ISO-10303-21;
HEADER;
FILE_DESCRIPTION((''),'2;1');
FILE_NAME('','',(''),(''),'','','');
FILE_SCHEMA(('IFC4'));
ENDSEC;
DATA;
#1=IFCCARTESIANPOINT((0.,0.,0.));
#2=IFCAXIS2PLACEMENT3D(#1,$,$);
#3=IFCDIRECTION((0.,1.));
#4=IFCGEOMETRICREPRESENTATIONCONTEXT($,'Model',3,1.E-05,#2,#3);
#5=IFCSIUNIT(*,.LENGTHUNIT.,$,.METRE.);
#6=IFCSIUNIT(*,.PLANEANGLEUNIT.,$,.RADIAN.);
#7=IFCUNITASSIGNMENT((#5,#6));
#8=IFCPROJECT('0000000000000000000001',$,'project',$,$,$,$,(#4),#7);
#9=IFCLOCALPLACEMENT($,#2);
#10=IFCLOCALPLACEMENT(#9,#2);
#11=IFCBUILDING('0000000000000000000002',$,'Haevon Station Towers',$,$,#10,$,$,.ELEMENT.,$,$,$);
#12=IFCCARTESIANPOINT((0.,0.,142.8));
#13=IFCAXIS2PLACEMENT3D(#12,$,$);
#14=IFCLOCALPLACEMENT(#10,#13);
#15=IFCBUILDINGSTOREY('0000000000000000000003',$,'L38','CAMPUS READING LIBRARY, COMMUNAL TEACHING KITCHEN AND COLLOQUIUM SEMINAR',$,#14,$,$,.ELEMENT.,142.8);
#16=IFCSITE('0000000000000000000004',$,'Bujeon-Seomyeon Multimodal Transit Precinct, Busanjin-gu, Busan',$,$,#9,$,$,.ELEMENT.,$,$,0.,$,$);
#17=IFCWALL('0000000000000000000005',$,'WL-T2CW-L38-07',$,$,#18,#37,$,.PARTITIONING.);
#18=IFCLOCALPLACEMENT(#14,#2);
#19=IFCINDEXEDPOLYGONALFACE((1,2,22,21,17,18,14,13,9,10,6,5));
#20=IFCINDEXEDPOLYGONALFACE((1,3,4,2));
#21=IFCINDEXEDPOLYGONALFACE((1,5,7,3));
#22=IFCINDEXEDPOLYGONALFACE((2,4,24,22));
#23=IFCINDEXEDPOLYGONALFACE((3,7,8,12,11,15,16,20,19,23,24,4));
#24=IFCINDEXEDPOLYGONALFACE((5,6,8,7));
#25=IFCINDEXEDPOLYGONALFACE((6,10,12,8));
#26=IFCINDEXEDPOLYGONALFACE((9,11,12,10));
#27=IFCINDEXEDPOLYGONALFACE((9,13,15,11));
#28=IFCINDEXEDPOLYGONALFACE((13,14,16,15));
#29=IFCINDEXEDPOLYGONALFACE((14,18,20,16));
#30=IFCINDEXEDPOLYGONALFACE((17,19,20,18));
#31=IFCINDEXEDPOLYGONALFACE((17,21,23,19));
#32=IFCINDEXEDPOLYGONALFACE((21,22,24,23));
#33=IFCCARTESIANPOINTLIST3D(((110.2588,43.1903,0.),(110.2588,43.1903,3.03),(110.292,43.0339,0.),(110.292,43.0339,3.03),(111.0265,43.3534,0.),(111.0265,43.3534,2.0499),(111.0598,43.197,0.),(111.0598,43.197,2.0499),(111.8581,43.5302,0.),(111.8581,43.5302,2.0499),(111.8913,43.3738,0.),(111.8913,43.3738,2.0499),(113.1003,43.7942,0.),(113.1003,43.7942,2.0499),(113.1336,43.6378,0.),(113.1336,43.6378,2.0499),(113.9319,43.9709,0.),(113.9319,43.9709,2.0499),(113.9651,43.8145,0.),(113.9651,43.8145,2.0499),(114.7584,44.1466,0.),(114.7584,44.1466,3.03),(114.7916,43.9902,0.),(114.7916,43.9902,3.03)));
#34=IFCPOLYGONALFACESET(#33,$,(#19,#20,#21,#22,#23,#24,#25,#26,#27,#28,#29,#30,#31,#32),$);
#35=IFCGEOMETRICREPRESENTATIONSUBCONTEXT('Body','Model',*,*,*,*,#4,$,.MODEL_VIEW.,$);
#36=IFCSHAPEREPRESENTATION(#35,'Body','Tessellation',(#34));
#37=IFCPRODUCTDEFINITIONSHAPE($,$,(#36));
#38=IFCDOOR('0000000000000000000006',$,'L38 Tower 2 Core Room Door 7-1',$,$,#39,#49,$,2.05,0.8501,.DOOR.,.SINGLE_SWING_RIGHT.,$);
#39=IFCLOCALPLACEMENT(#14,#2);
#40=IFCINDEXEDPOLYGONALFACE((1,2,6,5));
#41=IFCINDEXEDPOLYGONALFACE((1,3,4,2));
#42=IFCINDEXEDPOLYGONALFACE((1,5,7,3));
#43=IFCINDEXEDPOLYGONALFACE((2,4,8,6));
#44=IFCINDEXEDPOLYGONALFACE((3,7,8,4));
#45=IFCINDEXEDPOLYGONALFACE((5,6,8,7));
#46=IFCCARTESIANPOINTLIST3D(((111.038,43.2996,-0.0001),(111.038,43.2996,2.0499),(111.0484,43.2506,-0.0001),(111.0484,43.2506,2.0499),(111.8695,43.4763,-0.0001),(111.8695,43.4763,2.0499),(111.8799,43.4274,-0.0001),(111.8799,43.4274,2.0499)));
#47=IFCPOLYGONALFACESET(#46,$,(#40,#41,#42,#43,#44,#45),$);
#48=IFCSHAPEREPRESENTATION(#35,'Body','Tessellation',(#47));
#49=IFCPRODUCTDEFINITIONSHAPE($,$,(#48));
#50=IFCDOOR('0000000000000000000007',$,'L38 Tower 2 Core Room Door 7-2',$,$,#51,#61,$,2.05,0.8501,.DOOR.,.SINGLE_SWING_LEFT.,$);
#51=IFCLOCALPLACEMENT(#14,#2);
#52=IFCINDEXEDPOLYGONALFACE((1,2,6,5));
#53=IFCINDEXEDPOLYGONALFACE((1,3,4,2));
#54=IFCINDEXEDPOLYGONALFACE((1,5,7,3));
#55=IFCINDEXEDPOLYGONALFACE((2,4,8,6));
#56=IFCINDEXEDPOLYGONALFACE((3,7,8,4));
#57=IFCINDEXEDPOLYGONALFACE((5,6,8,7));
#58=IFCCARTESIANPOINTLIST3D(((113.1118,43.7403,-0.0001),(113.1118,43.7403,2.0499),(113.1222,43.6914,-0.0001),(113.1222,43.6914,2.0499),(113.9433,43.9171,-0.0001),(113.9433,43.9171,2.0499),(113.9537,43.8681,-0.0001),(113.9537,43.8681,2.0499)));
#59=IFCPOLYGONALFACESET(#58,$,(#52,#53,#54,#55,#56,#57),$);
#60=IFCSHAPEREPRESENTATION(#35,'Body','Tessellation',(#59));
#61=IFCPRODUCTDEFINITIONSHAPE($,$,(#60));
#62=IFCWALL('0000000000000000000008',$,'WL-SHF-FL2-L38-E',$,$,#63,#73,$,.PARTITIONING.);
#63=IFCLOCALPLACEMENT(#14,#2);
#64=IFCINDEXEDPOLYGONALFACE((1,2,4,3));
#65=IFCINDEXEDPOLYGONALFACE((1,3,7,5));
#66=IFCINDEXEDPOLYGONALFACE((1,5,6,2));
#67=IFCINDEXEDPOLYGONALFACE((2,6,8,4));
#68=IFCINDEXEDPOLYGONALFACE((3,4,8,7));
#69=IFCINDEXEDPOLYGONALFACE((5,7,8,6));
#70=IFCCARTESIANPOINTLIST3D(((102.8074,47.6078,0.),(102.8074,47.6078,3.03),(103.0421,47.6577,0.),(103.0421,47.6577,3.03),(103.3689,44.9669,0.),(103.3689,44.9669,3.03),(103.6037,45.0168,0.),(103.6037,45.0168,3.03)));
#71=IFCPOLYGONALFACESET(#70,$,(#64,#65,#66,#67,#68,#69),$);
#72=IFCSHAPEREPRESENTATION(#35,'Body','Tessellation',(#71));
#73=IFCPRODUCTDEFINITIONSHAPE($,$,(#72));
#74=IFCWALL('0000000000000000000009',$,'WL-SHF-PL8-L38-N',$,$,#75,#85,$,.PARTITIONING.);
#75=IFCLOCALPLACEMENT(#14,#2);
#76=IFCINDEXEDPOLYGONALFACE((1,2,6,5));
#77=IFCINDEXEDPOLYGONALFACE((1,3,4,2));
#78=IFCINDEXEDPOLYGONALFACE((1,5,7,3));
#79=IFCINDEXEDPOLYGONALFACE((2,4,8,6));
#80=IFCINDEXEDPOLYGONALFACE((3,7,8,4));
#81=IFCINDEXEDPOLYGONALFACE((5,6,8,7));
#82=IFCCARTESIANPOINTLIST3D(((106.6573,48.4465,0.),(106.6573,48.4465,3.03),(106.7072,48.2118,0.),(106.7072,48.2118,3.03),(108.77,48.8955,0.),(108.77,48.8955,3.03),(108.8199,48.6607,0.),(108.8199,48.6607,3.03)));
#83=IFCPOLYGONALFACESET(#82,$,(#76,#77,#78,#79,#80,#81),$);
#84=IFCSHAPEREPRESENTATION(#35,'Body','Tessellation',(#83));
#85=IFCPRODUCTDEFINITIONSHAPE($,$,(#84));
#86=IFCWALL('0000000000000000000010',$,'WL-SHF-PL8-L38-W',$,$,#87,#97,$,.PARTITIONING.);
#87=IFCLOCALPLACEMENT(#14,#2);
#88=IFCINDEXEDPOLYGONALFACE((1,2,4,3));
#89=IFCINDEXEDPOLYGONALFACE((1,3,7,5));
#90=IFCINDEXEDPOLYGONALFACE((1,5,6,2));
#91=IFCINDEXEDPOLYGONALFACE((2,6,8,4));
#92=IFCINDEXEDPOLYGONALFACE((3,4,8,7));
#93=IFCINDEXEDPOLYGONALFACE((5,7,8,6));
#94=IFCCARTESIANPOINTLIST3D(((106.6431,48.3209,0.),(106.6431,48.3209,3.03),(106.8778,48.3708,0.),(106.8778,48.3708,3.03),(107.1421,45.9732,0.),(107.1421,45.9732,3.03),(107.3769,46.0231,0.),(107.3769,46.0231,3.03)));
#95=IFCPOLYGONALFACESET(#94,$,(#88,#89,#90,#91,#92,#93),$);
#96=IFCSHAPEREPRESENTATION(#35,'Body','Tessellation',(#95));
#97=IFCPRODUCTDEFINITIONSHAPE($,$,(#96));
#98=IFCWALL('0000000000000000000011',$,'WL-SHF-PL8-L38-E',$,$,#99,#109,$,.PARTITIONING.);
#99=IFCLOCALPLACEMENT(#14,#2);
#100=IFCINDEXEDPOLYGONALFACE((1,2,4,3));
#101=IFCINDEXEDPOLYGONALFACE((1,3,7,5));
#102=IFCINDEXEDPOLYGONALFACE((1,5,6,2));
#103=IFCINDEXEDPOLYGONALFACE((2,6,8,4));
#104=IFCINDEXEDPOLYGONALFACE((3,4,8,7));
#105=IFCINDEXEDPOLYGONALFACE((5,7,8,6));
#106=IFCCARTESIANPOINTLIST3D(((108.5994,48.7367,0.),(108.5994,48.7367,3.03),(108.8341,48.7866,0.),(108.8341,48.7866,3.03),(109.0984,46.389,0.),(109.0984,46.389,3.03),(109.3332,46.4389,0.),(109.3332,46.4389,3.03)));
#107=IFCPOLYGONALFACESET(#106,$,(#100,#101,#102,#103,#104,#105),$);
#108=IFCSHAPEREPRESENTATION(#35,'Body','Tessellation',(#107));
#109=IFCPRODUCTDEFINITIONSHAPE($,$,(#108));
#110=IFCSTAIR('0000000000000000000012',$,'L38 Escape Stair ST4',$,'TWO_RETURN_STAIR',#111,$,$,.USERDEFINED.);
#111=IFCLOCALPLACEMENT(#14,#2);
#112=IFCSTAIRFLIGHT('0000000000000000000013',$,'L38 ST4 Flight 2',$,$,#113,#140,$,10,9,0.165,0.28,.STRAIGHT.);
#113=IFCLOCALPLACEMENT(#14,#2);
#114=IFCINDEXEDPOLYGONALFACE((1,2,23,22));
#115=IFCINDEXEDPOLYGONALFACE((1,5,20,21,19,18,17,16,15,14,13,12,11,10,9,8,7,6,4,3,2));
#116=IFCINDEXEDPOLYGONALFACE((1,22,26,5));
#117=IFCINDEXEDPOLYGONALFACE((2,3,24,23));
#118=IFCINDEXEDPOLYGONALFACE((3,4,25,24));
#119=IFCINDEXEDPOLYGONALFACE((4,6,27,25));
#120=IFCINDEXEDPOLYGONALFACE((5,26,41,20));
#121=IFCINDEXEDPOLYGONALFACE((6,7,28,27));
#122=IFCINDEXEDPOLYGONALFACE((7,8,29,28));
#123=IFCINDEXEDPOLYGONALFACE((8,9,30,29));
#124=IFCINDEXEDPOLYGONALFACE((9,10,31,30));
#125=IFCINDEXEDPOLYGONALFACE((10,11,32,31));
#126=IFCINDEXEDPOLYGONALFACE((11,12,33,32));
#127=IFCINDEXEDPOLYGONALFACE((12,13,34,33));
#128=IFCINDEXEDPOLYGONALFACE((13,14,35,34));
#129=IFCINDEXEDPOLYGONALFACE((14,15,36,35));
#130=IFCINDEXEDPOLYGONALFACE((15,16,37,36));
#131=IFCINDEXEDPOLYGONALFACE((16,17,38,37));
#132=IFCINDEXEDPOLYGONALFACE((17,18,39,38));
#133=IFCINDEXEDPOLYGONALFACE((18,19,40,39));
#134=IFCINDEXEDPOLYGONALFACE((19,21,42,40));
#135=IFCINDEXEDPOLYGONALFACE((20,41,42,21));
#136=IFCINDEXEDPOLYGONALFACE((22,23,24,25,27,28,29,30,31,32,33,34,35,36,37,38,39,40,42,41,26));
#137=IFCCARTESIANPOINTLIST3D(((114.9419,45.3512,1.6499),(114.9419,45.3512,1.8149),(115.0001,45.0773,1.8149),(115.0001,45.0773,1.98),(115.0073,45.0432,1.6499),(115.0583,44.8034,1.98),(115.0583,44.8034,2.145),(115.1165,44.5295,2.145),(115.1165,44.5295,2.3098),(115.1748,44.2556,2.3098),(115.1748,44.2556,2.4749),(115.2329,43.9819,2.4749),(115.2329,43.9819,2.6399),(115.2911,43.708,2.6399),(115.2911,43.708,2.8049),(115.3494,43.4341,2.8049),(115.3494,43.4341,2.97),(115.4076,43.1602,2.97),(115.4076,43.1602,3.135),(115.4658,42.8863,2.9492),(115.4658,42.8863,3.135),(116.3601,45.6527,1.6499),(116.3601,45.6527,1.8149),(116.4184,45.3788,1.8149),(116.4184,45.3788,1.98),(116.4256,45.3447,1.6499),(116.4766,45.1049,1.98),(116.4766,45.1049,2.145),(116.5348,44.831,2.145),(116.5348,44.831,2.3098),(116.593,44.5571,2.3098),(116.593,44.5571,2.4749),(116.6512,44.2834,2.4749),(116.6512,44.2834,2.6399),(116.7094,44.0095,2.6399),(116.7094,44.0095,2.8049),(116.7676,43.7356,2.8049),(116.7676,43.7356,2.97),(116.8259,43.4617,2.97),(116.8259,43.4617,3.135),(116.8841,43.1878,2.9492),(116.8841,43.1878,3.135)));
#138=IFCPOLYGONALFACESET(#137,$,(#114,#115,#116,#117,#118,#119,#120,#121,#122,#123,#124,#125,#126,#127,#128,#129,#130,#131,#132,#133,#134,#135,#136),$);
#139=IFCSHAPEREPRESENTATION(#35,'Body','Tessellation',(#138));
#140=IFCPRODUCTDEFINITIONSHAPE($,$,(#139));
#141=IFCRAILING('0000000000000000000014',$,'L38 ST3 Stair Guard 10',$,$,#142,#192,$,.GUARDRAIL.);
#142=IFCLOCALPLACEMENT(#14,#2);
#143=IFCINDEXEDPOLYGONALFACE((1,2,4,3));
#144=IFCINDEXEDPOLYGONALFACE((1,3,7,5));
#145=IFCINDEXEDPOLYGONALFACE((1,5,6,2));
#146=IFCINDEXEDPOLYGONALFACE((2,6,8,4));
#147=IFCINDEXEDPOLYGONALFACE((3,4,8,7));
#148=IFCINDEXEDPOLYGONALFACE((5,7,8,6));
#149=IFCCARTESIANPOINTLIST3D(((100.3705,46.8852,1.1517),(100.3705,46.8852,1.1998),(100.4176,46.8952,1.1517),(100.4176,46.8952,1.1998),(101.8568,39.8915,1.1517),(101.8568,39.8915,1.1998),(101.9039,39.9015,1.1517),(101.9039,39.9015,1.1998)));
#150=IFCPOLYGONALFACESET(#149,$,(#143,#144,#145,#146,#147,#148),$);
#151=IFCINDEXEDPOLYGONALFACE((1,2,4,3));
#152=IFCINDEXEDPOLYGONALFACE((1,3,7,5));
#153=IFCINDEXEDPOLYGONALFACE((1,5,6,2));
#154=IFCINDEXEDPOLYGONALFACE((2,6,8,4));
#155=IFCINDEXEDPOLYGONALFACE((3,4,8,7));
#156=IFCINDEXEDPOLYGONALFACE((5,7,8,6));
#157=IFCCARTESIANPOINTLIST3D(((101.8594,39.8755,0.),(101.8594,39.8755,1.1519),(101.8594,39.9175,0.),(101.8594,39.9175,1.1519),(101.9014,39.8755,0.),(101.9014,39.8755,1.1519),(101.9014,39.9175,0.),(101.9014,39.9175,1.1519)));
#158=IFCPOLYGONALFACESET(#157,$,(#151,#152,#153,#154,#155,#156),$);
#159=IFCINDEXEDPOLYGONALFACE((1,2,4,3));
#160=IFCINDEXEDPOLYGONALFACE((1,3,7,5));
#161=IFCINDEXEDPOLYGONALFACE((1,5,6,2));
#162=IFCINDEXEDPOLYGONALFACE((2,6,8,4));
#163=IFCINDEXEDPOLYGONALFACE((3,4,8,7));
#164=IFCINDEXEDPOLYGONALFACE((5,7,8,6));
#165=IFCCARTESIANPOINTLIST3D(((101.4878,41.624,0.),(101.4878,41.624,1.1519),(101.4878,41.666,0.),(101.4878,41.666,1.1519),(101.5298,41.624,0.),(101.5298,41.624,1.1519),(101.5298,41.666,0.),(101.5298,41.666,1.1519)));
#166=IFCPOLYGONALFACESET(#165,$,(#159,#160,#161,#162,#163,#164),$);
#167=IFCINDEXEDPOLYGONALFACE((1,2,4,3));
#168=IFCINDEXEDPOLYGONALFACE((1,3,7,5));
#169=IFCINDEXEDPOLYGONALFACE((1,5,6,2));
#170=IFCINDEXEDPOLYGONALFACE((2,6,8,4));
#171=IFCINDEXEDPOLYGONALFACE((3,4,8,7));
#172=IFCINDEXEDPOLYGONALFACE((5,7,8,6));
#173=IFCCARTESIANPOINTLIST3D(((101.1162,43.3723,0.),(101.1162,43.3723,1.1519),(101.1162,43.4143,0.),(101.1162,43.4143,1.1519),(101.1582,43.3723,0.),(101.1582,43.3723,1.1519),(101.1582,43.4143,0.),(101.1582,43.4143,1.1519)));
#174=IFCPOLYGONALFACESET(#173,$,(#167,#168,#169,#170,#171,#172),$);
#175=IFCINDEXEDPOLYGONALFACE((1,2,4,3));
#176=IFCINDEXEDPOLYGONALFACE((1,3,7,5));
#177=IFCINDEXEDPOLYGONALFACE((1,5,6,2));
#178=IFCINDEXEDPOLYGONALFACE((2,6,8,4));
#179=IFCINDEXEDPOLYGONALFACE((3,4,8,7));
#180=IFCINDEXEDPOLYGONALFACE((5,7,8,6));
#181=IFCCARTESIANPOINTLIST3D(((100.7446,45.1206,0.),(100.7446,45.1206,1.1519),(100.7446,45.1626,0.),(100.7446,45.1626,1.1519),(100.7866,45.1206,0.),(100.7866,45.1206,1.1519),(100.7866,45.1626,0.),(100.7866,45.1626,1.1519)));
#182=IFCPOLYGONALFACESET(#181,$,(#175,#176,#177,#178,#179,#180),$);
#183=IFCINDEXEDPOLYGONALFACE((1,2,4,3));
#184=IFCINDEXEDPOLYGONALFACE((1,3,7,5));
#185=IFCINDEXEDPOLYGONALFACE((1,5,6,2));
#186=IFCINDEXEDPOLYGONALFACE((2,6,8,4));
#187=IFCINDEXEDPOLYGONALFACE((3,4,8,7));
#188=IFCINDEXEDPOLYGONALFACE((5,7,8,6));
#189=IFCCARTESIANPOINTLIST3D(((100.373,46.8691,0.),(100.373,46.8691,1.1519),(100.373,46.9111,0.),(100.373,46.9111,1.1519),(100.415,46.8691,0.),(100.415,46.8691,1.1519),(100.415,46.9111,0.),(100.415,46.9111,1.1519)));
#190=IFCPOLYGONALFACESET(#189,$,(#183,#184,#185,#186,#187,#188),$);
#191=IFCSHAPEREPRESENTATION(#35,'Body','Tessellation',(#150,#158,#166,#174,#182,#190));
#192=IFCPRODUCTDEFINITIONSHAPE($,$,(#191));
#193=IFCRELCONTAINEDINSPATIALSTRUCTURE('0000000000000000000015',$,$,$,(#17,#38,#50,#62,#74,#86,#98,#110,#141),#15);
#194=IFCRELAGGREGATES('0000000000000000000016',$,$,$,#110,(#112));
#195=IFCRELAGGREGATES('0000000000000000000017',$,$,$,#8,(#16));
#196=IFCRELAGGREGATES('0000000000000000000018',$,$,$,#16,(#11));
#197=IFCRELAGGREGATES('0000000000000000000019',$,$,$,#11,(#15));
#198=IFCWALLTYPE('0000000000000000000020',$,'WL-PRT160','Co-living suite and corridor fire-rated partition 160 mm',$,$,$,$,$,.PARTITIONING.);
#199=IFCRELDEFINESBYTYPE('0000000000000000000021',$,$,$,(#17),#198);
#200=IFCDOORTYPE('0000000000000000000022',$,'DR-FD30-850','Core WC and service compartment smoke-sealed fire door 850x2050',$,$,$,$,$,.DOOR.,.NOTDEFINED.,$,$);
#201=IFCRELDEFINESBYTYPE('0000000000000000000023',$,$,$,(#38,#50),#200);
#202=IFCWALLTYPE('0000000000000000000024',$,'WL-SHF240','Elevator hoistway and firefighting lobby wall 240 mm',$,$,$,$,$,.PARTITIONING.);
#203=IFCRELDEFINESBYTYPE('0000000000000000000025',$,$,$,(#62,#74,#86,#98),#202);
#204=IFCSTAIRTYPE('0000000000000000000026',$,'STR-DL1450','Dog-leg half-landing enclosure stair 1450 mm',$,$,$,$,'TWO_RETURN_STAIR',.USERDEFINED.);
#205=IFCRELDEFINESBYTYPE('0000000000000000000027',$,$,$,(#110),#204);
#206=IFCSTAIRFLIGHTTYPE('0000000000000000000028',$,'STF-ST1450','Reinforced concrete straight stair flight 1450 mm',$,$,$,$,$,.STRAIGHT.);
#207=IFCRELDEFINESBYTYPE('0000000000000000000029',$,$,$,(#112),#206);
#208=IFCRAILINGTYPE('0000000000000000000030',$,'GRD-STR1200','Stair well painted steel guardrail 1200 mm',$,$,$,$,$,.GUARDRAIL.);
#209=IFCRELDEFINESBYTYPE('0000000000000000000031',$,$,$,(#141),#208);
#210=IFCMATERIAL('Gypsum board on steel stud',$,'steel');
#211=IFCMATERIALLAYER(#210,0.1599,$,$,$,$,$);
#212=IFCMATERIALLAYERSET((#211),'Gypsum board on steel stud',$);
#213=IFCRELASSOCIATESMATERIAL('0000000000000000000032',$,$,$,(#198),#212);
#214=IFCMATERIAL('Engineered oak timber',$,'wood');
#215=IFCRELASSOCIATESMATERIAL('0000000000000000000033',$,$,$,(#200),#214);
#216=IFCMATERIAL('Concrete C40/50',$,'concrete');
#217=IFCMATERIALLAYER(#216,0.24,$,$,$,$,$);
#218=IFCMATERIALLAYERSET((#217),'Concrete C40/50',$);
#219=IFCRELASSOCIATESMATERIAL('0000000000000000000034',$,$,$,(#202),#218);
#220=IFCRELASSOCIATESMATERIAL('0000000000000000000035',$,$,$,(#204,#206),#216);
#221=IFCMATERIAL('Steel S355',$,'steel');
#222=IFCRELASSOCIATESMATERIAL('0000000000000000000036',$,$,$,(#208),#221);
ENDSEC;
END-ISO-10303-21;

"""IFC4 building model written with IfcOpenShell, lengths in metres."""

from ifc_helpers import new_model, si_unit, direction, frame, frame_2d, origin, origin_2d, place, context, subcontext, project, spatial, polyline, rectangle, outline, extrude, material, layer, layer_set, type_object, element, fill, aggregate, save


model = new_model("IFC4")

# Units and contexts
model_context = context("Model", 3, precision=1e-05, world=origin(), true_north=direction((0.0, 1.0)))
body_context = subcontext(model_context, "Body", "Model", "MODEL_VIEW")
ifc_project = project(units=[si_unit("LENGTHUNIT", "METRE"), si_unit("PLANEANGLEUNIT", "RADIAN")], contexts=[model_context])

# Site, building, storey
site_placement = place(None, origin())
site = spatial("IfcSite", under=ifc_project, at=site_placement, Name="Bujeon-Seomyeon Multimodal Transit Precinct, Busanjin-gu, Busan", CompositionType="ELEMENT", RefElevation=0.0)
building_placement = place(site_placement, origin())
building = spatial("IfcBuilding", under=site, at=building_placement, Name="Haevon Station Towers", CompositionType="ELEMENT")
storey_placement = place(building_placement, frame((0.0, 0.0, 142.8)))
storey = spatial("IfcBuildingStorey", under=building, at=storey_placement, Name="L38", Description="CAMPUS READING LIBRARY, COMMUNAL TEACHING KITCHEN AND COLLOQUIUM SEMINAR", CompositionType="ELEMENT", Elevation=142.8)

# Shared definitions
ifc_material_1 = material(Name="Steel S355", Category="steel")

# Shared definitions
ifc_material_2 = material(Name="Gypsum board on steel stud", Category="steel")
ifc_material_3 = material(Name="Engineered oak timber", Category="wood")

# Shared definitions
ifc_layer_1 = layer(ifc_material_2, 0.1599)
ifc_layer_set_1 = layer_set([ifc_layer_1], Name="Gypsum board on steel stud")
wall_type_1 = type_object("IfcWallType", Name="WL-PRT160", Description="Co-living suite and corridor fire-rated partition 160 mm", PredefinedType="PARTITIONING", material=ifc_layer_set_1)

# Wall, openings, doors
wall_1_placement = place(storey_placement, frame((110.2754, 43.1121, 0.0), z_axis=(0.0, 0.0, 1.0), x_axis=(0.978152, 0.20789, 0.0)))
wall_1 = element("IfcWall", 1, at=wall_1_placement, inside=storey, type_object=wall_type_1, Name="WL-T2CW-L38-07", PredefinedType="PARTITIONING", context=body_context, shape_type="SweptSolid", body=[
    extrude(rectangle(XDim=4.6001, YDim=0.1599, at=frame_2d((2.3, 0.0))), origin(), (0.0, 0.0, 1.0), 3.03),
])
opening_1_placement = place(wall_1_placement, frame((0.7849, 0.0, 0.0)))
opening_1 = element("IfcOpeningElement", 2, at=opening_1_placement, cuts=wall_1, PredefinedType="OPENING", context=body_context, shape_type="SweptSolid", body=[
    extrude(rectangle(XDim=0.8501, YDim=2.05, at=frame_2d((0.425, 1.0249))), frame((0.0, 0.0898, 0.0), z_axis=(0.0, -1.0, 0.0), x_axis=(1.0, 0.0, 0.0)), (0.0, 0.0, 1.0), 0.1799),
])
opening_2_placement = place(wall_1_placement, frame((2.905, 0.0, 0.0)))
opening_2 = element("IfcOpeningElement", 3, at=opening_2_placement, cuts=wall_1, PredefinedType="OPENING", context=body_context, shape_type="SweptSolid", body=[
    extrude(rectangle(XDim=0.8501, YDim=2.05, at=frame_2d((0.425, 1.0249))), frame((0.0, 0.0898, 0.0), z_axis=(0.0, -1.0, 0.0), x_axis=(1.0, 0.0, 0.0)), (0.0, 0.0, 1.0), 0.1799),
])
door_type_1 = type_object("IfcDoorType", Name="DR-FD30-850", Description="Core WC and service compartment smoke-sealed fire door 850x2050", OperationType="NOTDEFINED", PredefinedType="DOOR", material=ifc_material_3)
door_1_placement = place(opening_1_placement, origin())
door_1 = element("IfcDoor", 4, at=door_1_placement, inside=storey, type_object=door_type_1, Name="L38 Tower 2 Core Room Door 7-1", OperationType="SINGLE_SWING_RIGHT", OverallHeight=2.05, OverallWidth=0.8501, PredefinedType="DOOR", context=body_context, shape_type="SweptSolid", body=[
    extrude(rectangle(XDim=0.8501, YDim=2.05, at=frame_2d((0.425, 1.0249))), frame((0.0, 0.0249, 0.0), z_axis=(0.0, -1.0, 0.0), x_axis=(1.0, 0.0, 0.0)), (0.0, 0.0, 1.0), 0.05),
])
fill(opening_1, door_1)
door_2_placement = place(opening_2_placement, origin())
door_2 = element("IfcDoor", 5, at=door_2_placement, inside=storey, type_object=door_type_1, Name="L38 Tower 2 Core Room Door 7-2", OperationType="SINGLE_SWING_LEFT", OverallHeight=2.05, OverallWidth=0.8501, PredefinedType="DOOR", context=body_context, shape_type="SweptSolid", body=[
    extrude(rectangle(XDim=0.8501, YDim=2.05, at=frame_2d((0.425, 1.0249))), frame((0.0, 0.0249, 0.0), z_axis=(0.0, -1.0, 0.0), x_axis=(1.0, 0.0, 0.0)), (0.0, 0.0, 1.0), 0.05),
])
fill(opening_2, door_2)

# Wall
ifc_material_4 = material(Name="Concrete C40/50", Category="concrete")
ifc_layer_2 = layer(ifc_material_4, 0.24)
ifc_layer_set_2 = layer_set([ifc_layer_2], Name="Concrete C40/50")
wall_type_2 = type_object("IfcWallType", Name="WL-SHF240", Description="Elevator hoistway and firefighting lobby wall 240 mm", PredefinedType="PARTITIONING", material=ifc_layer_set_2)
wall_2_placement = place(storey_placement, frame((103.4863, 44.9917, 0.0), z_axis=(0.0, 0.0, 1.0), x_axis=(-0.207979, 0.978133, 0.0)))
element("IfcWall", 6, at=wall_2_placement, inside=storey, type_object=wall_type_2, Name="WL-SHF-FL2-L38-E", PredefinedType="PARTITIONING", context=body_context, shape_type="SweptSolid", body=[
    extrude(rectangle(XDim=2.7, YDim=0.24, at=frame_2d((1.3501, 0.0))), origin(), (0.0, 0.0, 1.0), 3.03),
])

# Walls
wall_3_placement = place(storey_placement, frame((106.6821, 48.3291, 0.0), z_axis=(0.0, 0.0, 1.0), x_axis=(0.978158, 0.207861, 0.0)))
element("IfcWall", 7, at=wall_3_placement, inside=storey, type_object=wall_type_2, Name="WL-SHF-PL8-L38-N", PredefinedType="PARTITIONING", context=body_context, shape_type="SweptSolid", body=[
    extrude(rectangle(XDim=2.1599, YDim=0.24, at=frame_2d((1.0801, 0.0))), origin(), (0.0, 0.0, 1.0), 3.03),
])
for number, where, z_axis, x_axis, name in (
    (8, (107.2595, 45.998, 0.0), (0.0, 0.0, 1.0), (-0.207917, 0.978146, 0.0), "WL-SHF-PL8-L38-W"),
    (9, (109.2158, 46.4138, 0.0), (0.0, 0.0, 1.0), (-0.207917, 0.978146, 0.0), "WL-SHF-PL8-L38-E"),
):
    element("IfcWall", number, at=place(storey_placement, frame(where, z_axis=z_axis, x_axis=x_axis)), inside=storey, type_object=wall_type_2, Name=name, PredefinedType="PARTITIONING", context=body_context, shape_type="SweptSolid", body=[
        extrude(rectangle(XDim=2.4001, YDim=0.24, at=frame_2d((1.2002, 0.0))), origin(), (0.0, 0.0, 1.0), 3.03),
    ])

# Stair, stair flight
stair_type = type_object("IfcStairType", Name="STR-DL1450", Description="Dog-leg half-landing enclosure stair 1450 mm", ElementType="TWO_RETURN_STAIR", PredefinedType="USERDEFINED", material=ifc_material_4)
stair_placement = place(storey_placement, origin())
stair = element("IfcStair", 10, at=stair_placement, inside=storey, type_object=stair_type, Name="L38 Escape Stair ST4", ObjectType="TWO_RETURN_STAIR", PredefinedType="USERDEFINED")
stair_flight_type = type_object("IfcStairFlightType", Name="STF-ST1450", Description="Reinforced concrete straight stair flight 1450 mm", PredefinedType="STRAIGHT", material=ifc_material_4)
stair_flight_placement = place(storey_placement, frame((115.6509, 45.502, 1.6499), z_axis=(0.0, 0.0, 1.0), x_axis=(0.207912, -0.978148, 0.0)))
stair_flight = element("IfcStairFlight", 11, at=stair_flight_placement, type_object=stair_flight_type, Name="L38 ST4 Flight 2", NumberOfRisers=10, NumberOfTreads=9, PredefinedType="STRAIGHT", RiserHeight=0.165, TreadLength=0.28, context=body_context, shape_type="SweptSolid", body=[
    extrude(outline(polyline([(0.0, 0.0), (0.0, 0.165), (0.28, 0.165), (0.28, 0.3301), (0.5601, 0.3301), (0.5601, 0.4951), (0.8401, 0.4951), (0.8401, 0.6599), (1.1201, 0.6599), (1.1201, 0.825), (1.3999, 0.825), (1.3999, 0.99), (1.6799, 0.99), (1.6799, 1.155), (1.96, 1.155), (1.96, 1.3201), (2.24, 1.3201), (2.24, 1.4851), (2.52, 1.4851), (2.52, 1.6499), (2.52, 1.2993), (0.3149, 0.0), (0.0, 0.0)])), frame((0.0, 0.7251, 0.0), z_axis=(0.0, -1.0, 0.0), x_axis=(1.0, 0.0, 0.0)), (0.0, 0.0, 1.0), 1.45),
])
aggregate(stair, [stair_flight])

# Railing
railing_type_1 = type_object("IfcRailingType", Name="GRD-STR1200", Description="Stair well painted steel guardrail 1200 mm", PredefinedType="GUARDRAIL", material=ifc_material_1)
railing_1_placement = place(storey_placement, frame((101.8804, 39.8965, 0.0)))
element("IfcRailing", 12, at=railing_1_placement, inside=storey, type_object=railing_type_1, Name="L38 ST3 Stair Guard 10", PredefinedType="GUARDRAIL", context=body_context, shape_type="SweptSolid", body=[
    extrude(rectangle(XDim=0.0481, YDim=0.0481, at=origin_2d()), frame((0.0, 0.0, 1.1758), z_axis=(-0.207882, 0.978154, 0.0), x_axis=(-0.978154, -0.207882, 0.0)), (0.0, 0.0, 1.0), 7.1499),
    extrude(rectangle(XDim=0.042, YDim=0.042, at=origin_2d()), origin(), (0.0, 0.0, 1.0), 1.1519),
    extrude(rectangle(XDim=0.042, YDim=0.042, at=origin_2d()), frame((-0.3716, 1.7485, 0.0)), (0.0, 0.0, 1.0), 1.1519),
    extrude(rectangle(XDim=0.042, YDim=0.042, at=origin_2d()), frame((-0.7432, 3.4968, 0.0)), (0.0, 0.0, 1.0), 1.1519),
    extrude(rectangle(XDim=0.042, YDim=0.042, at=origin_2d()), frame((-1.1147, 5.2451, 0.0)), (0.0, 0.0, 1.0), 1.1519),
    extrude(rectangle(XDim=0.042, YDim=0.042, at=origin_2d()), frame((-1.4863, 6.9937, 0.0)), (0.0, 0.0, 1.0), 1.1519),
])

save(model, "model.ifc")
